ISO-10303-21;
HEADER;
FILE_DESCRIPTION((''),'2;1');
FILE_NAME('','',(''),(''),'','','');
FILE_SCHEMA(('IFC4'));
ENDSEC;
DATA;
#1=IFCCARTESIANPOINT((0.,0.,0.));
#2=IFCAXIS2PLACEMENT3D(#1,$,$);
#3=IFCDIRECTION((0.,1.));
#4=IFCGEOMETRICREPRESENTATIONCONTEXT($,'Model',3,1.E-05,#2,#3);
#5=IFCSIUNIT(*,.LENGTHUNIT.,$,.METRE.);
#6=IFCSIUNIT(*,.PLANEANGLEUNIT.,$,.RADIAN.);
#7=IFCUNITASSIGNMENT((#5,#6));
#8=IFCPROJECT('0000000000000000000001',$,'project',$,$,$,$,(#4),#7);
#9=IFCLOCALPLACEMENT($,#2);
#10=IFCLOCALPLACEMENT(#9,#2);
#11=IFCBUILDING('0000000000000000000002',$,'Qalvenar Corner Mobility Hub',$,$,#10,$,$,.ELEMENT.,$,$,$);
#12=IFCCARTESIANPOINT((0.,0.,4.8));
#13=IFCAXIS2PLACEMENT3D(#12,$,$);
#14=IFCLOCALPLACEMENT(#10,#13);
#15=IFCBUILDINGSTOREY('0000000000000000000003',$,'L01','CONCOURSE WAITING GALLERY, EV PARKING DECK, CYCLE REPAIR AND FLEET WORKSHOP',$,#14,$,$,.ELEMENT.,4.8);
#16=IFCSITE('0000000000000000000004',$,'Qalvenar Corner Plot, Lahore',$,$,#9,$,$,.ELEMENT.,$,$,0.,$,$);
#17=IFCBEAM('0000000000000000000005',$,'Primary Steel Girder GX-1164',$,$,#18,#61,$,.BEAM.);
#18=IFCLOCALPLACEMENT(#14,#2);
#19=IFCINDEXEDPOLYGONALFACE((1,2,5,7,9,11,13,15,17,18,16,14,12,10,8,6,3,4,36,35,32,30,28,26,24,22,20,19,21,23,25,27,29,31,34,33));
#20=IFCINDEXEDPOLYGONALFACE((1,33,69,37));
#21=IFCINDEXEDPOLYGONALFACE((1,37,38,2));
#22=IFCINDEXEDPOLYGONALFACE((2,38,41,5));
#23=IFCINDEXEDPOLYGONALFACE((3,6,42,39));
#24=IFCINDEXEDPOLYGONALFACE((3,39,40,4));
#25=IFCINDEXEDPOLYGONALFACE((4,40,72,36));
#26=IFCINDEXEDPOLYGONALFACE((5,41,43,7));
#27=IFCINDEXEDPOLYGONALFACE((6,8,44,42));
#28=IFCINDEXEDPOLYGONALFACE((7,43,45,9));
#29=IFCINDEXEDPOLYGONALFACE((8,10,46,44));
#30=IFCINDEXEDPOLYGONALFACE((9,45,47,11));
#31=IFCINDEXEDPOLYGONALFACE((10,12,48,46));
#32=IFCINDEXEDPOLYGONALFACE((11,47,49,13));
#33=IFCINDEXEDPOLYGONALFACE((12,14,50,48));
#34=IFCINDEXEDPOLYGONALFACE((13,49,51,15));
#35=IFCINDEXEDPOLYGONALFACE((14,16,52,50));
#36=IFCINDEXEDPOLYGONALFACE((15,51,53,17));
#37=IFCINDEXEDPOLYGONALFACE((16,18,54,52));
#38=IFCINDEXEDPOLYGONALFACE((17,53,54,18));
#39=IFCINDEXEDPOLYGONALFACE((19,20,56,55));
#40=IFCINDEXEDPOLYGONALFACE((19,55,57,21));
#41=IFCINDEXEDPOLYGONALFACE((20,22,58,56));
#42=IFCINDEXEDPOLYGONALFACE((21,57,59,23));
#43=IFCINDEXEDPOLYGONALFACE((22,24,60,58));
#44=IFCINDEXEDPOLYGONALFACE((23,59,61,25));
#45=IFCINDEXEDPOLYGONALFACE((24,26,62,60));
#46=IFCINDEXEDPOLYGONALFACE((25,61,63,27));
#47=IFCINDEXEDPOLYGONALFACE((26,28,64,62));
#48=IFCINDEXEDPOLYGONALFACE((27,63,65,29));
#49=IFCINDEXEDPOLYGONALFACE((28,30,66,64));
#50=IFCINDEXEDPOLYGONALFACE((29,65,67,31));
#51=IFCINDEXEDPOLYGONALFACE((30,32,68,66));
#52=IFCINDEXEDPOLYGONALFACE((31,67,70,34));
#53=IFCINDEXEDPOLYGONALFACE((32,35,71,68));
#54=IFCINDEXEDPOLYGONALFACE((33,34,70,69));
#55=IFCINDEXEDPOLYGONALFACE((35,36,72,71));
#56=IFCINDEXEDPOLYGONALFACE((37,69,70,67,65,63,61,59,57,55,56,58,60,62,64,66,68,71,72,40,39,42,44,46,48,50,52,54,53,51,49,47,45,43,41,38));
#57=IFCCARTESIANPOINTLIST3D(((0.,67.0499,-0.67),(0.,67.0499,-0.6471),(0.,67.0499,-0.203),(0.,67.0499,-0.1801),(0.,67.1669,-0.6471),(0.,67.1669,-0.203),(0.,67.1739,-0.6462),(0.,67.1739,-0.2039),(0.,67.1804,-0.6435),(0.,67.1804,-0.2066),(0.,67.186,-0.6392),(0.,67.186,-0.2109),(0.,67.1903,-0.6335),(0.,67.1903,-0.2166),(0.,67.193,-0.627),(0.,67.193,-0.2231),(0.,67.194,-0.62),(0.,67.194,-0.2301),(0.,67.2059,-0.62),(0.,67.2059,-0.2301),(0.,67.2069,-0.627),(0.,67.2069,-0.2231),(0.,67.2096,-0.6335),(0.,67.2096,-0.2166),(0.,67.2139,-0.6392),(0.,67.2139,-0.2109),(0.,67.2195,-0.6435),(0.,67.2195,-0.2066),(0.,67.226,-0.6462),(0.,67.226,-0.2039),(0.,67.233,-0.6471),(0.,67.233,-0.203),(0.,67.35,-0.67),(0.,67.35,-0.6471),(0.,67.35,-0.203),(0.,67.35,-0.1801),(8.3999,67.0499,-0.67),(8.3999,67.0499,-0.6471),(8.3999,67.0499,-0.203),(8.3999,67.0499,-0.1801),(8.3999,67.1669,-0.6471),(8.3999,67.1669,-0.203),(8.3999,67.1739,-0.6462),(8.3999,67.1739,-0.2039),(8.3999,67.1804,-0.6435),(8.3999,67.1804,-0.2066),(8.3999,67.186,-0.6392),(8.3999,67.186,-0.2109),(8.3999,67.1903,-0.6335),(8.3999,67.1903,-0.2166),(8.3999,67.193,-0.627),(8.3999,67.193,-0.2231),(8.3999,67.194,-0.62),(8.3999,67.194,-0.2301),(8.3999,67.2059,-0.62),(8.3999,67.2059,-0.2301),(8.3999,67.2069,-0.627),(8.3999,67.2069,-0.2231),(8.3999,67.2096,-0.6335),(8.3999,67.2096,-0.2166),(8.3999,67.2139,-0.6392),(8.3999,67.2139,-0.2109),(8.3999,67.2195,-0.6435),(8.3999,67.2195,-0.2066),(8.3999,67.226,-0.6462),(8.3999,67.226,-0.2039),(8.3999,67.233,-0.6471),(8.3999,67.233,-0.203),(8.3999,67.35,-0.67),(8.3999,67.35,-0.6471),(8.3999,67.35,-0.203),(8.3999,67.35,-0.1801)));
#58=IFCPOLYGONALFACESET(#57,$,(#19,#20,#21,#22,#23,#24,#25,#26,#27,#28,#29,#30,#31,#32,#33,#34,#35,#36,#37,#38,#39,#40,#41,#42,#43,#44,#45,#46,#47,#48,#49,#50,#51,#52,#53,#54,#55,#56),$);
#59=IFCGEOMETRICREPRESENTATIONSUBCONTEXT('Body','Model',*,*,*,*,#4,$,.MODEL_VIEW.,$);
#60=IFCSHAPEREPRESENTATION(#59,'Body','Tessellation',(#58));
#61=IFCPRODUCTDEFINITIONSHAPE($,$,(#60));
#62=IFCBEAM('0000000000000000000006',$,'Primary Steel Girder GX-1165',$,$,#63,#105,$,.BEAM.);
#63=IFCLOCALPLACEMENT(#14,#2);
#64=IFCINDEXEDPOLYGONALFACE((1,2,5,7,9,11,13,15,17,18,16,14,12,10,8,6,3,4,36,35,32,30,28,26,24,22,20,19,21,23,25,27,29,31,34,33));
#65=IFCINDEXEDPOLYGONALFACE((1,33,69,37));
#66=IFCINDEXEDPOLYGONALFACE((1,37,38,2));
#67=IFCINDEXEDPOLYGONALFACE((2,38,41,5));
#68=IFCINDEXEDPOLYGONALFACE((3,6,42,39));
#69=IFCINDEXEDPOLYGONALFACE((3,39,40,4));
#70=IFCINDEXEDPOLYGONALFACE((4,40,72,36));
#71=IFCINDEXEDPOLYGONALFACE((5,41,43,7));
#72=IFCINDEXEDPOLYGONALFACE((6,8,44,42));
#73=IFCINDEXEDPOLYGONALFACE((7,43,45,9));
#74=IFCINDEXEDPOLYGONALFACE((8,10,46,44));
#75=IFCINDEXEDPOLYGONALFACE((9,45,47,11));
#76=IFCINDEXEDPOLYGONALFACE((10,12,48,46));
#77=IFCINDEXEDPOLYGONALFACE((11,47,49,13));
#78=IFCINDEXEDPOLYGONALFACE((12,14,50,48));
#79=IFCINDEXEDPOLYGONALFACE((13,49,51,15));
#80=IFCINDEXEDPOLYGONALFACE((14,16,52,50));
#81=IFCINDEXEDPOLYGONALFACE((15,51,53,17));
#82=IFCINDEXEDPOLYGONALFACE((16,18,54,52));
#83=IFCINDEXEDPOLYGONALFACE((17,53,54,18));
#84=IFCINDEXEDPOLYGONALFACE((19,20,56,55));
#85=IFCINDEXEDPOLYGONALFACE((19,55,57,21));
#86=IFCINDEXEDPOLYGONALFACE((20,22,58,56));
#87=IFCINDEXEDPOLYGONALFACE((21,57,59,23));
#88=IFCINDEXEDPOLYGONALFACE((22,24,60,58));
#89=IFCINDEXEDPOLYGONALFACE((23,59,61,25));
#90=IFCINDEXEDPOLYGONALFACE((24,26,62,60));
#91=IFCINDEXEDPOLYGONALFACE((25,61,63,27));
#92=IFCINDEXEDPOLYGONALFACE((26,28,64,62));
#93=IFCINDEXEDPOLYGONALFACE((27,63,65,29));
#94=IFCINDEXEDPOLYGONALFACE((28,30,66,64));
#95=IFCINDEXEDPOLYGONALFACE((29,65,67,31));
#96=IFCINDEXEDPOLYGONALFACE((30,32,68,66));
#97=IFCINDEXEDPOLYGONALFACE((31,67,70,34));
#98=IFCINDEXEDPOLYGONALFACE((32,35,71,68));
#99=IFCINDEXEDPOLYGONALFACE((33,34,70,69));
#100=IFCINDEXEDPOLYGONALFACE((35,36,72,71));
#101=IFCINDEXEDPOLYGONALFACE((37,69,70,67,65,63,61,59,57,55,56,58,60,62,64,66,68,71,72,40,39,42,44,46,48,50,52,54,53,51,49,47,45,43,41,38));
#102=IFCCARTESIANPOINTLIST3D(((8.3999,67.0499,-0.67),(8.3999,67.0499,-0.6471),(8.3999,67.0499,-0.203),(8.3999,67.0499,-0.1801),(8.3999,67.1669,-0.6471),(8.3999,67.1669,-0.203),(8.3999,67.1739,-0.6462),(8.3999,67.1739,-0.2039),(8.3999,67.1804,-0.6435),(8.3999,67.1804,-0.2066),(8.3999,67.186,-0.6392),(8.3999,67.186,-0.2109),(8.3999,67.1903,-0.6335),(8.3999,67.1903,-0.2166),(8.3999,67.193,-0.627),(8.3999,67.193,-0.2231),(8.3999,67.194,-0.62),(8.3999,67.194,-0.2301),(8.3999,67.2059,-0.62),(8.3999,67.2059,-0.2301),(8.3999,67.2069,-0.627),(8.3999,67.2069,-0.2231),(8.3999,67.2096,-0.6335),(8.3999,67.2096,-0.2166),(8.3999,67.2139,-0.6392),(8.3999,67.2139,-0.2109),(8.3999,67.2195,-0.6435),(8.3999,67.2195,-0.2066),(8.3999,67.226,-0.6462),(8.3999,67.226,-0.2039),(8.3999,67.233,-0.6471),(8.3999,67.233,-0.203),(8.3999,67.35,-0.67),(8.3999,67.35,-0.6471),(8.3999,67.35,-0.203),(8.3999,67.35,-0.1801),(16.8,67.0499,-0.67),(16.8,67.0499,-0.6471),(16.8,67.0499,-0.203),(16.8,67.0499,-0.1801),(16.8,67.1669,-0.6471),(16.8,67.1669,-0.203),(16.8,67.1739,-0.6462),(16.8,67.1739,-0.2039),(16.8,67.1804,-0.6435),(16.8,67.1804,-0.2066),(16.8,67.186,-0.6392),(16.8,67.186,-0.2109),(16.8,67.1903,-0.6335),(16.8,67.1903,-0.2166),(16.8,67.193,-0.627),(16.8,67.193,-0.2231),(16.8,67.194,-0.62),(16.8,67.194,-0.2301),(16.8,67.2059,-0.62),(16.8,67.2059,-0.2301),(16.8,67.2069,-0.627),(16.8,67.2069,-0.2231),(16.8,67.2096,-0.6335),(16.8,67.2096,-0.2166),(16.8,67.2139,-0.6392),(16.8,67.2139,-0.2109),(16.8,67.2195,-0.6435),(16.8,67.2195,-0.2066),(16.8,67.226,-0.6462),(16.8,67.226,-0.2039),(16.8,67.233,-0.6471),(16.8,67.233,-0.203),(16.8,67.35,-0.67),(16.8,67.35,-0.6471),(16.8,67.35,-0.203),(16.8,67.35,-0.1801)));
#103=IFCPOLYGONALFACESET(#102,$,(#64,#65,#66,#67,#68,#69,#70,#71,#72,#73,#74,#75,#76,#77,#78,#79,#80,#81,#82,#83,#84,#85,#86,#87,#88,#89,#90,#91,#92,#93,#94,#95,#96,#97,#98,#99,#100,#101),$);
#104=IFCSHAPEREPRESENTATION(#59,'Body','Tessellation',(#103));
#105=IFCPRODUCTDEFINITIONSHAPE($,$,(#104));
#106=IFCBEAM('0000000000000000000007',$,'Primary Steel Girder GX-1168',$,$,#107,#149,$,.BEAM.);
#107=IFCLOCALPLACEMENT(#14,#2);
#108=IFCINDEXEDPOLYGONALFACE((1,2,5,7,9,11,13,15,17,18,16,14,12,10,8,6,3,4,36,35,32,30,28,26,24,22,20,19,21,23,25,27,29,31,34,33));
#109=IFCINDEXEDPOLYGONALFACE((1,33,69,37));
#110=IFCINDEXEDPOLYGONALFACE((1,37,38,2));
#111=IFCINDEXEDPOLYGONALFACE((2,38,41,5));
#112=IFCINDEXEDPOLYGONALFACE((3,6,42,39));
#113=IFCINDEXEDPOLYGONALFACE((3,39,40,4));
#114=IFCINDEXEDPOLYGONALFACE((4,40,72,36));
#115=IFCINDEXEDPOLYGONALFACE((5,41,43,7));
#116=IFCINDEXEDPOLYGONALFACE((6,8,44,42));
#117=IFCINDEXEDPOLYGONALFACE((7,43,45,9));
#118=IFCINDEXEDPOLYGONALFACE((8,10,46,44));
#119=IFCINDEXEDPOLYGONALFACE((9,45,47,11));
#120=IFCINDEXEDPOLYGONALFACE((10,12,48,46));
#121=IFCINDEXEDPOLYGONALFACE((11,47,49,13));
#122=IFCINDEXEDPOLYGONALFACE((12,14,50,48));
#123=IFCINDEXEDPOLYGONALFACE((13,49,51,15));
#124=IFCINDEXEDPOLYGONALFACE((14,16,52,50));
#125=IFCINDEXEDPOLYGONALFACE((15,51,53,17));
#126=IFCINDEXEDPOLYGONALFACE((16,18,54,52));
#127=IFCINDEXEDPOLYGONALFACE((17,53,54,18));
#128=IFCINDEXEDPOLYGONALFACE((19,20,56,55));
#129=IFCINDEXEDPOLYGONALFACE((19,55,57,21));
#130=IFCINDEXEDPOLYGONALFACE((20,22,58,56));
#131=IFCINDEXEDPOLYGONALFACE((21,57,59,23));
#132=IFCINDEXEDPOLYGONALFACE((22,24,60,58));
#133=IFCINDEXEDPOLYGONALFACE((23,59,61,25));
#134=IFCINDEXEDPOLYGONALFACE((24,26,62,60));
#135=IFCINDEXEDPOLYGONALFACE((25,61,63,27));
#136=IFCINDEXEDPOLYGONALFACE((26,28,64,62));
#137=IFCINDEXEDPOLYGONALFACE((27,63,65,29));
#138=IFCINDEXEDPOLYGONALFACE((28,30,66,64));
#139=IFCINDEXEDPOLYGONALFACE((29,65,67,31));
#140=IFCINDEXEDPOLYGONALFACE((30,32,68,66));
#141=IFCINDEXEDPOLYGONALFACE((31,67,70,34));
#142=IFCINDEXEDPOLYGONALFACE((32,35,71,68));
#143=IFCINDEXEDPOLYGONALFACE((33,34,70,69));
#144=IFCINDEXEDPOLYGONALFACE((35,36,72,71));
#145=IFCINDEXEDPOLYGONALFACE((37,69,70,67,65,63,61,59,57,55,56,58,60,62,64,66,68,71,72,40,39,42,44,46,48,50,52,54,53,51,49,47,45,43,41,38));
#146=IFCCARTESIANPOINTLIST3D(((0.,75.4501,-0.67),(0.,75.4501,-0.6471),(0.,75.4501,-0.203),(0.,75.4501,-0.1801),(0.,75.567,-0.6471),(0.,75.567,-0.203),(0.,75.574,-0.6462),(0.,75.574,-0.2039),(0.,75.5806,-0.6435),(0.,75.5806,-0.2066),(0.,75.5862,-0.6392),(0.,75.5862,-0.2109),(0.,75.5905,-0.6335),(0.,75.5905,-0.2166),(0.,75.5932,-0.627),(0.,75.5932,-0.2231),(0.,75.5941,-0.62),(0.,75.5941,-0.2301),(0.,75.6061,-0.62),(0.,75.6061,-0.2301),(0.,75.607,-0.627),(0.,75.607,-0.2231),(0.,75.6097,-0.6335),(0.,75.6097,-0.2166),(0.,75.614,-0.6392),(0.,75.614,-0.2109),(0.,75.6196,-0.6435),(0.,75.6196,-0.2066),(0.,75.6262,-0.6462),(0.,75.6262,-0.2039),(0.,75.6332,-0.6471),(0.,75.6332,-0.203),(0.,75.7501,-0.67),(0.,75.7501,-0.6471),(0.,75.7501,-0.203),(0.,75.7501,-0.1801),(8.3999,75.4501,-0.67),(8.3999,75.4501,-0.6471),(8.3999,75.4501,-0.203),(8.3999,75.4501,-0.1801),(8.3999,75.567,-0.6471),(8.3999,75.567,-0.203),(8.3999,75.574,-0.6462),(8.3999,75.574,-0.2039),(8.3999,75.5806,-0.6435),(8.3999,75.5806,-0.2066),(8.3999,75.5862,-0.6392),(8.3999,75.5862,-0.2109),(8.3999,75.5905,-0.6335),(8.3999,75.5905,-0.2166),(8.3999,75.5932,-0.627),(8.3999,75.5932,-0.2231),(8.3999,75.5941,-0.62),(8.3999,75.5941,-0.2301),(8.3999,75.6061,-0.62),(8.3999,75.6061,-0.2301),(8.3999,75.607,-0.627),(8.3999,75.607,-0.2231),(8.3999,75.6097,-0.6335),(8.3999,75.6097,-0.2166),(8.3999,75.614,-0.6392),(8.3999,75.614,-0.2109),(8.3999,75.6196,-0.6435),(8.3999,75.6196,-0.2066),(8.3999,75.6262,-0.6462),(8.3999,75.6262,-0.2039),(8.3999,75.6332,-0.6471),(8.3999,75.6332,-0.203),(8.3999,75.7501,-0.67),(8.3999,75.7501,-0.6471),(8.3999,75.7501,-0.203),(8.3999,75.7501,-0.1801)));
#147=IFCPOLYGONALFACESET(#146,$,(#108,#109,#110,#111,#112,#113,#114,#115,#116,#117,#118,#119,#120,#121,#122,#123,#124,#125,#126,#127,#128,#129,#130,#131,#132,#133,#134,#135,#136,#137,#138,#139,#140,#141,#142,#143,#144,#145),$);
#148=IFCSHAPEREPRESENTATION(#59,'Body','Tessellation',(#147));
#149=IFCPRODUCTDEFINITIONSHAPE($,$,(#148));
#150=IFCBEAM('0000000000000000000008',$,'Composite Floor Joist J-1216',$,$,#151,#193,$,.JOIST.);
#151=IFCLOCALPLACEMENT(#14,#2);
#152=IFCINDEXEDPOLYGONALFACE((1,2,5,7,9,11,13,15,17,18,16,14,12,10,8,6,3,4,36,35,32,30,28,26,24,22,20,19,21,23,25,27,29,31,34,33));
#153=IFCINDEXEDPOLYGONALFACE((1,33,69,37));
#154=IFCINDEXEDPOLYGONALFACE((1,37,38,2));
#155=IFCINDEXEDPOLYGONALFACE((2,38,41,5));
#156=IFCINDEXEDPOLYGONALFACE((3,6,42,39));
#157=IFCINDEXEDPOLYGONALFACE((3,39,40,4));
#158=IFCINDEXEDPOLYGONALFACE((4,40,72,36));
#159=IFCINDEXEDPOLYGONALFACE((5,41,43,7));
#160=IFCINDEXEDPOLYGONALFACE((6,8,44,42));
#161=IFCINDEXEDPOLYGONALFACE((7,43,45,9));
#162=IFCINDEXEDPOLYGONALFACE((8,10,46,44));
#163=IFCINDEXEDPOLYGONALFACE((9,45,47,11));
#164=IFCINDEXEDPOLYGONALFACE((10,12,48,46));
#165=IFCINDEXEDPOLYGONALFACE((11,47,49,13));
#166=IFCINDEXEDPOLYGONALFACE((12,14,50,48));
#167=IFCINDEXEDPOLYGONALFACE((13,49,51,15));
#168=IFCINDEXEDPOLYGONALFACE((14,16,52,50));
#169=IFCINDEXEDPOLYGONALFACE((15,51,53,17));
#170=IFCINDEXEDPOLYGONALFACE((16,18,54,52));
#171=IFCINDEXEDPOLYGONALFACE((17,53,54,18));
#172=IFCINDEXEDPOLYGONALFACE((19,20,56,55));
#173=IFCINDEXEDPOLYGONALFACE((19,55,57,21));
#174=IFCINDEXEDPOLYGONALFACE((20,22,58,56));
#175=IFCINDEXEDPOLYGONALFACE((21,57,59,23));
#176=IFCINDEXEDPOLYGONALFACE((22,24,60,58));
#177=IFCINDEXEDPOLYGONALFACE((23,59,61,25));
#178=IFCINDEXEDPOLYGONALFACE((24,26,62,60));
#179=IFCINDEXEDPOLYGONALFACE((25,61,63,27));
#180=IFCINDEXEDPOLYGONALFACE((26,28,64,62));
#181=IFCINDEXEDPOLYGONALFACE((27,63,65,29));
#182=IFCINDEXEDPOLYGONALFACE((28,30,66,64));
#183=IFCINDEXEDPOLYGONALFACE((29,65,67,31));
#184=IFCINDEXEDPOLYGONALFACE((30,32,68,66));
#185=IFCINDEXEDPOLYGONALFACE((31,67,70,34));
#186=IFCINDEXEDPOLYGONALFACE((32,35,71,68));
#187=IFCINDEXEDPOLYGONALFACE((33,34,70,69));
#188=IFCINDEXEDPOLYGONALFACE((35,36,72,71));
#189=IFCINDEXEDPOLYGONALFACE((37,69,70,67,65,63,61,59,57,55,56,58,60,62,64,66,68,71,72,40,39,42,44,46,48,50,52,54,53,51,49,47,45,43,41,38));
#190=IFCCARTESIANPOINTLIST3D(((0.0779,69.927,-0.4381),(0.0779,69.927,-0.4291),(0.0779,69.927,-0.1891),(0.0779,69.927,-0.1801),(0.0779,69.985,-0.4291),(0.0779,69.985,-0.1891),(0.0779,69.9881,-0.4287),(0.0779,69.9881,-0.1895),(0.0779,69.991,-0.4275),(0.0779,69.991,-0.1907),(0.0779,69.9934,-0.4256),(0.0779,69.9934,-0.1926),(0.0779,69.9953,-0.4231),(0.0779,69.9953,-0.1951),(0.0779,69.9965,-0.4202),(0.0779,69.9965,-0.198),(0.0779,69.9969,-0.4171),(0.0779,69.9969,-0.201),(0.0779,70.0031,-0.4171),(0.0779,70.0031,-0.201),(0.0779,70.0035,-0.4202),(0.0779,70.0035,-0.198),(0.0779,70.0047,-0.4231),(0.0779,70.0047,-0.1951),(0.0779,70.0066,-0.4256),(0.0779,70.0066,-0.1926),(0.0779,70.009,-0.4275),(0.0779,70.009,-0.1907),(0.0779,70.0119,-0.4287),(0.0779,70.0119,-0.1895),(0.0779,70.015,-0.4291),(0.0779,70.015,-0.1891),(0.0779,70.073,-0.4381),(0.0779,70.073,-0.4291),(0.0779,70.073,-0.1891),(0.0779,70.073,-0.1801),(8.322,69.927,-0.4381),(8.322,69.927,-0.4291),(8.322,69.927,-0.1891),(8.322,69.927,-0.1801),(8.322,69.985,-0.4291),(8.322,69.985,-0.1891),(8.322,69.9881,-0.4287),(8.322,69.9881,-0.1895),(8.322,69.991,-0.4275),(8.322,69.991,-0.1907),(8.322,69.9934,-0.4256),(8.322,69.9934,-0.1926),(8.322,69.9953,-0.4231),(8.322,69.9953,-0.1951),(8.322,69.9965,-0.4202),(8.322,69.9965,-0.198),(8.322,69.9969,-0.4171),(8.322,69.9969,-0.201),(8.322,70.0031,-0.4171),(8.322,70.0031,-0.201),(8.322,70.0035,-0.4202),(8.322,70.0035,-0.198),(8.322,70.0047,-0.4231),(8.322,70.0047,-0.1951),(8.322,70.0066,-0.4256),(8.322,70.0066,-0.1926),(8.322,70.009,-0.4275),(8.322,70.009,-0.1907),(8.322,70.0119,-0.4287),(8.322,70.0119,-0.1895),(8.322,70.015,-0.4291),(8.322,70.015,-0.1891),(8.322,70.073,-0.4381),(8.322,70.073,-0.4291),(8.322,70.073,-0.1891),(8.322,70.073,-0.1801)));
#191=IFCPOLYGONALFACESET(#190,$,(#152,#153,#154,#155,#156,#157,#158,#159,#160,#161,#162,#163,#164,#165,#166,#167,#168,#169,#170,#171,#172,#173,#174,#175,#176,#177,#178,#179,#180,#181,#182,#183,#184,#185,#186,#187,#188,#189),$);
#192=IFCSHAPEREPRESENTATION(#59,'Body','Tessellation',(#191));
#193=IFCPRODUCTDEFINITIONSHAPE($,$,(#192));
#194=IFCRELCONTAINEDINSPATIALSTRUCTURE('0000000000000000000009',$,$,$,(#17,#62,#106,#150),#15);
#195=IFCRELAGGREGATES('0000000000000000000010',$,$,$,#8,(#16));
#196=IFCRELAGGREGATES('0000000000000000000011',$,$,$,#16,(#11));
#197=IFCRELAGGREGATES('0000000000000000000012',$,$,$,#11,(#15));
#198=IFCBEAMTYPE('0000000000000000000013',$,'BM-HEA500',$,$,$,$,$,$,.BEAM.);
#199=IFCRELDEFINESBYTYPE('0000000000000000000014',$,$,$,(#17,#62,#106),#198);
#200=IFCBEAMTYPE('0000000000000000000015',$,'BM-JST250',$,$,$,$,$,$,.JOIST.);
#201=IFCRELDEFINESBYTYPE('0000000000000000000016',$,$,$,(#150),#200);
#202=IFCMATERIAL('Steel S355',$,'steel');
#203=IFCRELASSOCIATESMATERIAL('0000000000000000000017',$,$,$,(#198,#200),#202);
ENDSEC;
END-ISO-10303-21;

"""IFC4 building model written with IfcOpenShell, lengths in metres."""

from ifc_helpers import new_model, si_unit, direction, frame, origin, origin_2d, place, context, subcontext, project, spatial, i_section, extrude, material, material_profile, profile_set, type_object, element, save


model = new_model("IFC4")

# Units and contexts
model_context = context("Model", 3, precision=1e-05, world=origin(), true_north=direction((0.0, 1.0)))
body_context = subcontext(model_context, "Body", "Model", "MODEL_VIEW")
ifc_project = project(units=[si_unit("LENGTHUNIT", "METRE"), si_unit("PLANEANGLEUNIT", "RADIAN")], contexts=[model_context])

# Site, building, storey
site_placement = place(None, origin())
site = spatial("IfcSite", under=ifc_project, at=site_placement, Name="Qalvenar Corner Plot, Lahore", CompositionType="ELEMENT", RefElevation=0.0)
building_placement = place(site_placement, origin())
building = spatial("IfcBuilding", under=site, at=building_placement, Name="Qalvenar Corner Mobility Hub", CompositionType="ELEMENT")
storey_placement = place(building_placement, frame((0.0, 0.0, 4.8)))
storey = spatial("IfcBuildingStorey", under=building, at=storey_placement, Name="L01", Description="CONCOURSE WAITING GALLERY, EV PARKING DECK, CYCLE REPAIR AND FLEET WORKSHOP", CompositionType="ELEMENT", Elevation=4.8)

# Shared definitions
ifc_material_1 = material(Name="Steel S355", Category="steel")

# Beams
ifc_material_profile_1 = material_profile(ifc_material_1, i_section(OverallWidth=0.3, OverallDepth=0.49, WebThickness=0.012, FlangeThickness=0.0229, FilletRadius=0.0271, at=origin_2d()), Name="HEA500")
ifc_profile_set_1 = profile_set([ifc_material_profile_1], Name="Steel S355")
beam_type_1 = type_object("IfcBeamType", Name="BM-HEA500", PredefinedType="BEAM", material=ifc_profile_set_1)
beam_1_placement = place(storey_placement, frame((0.0, 67.2, -0.425), z_axis=(1.0, 0.0, 0.0), x_axis=(0.0, 1.0, 0.0)))
element("IfcBeam", 1, at=beam_1_placement, inside=storey, type_object=beam_type_1, Name="Primary Steel Girder GX-1164", PredefinedType="BEAM", context=body_context, shape_type="SweptSolid", body=[
    extrude(i_section(OverallWidth=0.3, OverallDepth=0.49, WebThickness=0.012, FlangeThickness=0.0229, FilletRadius=0.0271, at=origin_2d()), origin(), (0.0, 0.0, 1.0), 8.3999),
])
beam_2_placement = place(storey_placement, frame((8.3999, 67.2, -0.425), z_axis=(1.0, 0.0, 0.0), x_axis=(0.0, 1.0, 0.0)))
element("IfcBeam", 2, at=beam_2_placement, inside=storey, type_object=beam_type_1, Name="Primary Steel Girder GX-1165", PredefinedType="BEAM", context=body_context, shape_type="SweptSolid", body=[
    extrude(i_section(OverallWidth=0.3, OverallDepth=0.49, WebThickness=0.012, FlangeThickness=0.0229, FilletRadius=0.0271, at=origin_2d()), origin(), (0.0, 0.0, 1.0), 8.4001),
])
beam_3_placement = place(storey_placement, frame((0.0, 75.6001, -0.425), z_axis=(1.0, 0.0, 0.0), x_axis=(0.0, 1.0, 0.0)))
element("IfcBeam", 3, at=beam_3_placement, inside=storey, type_object=beam_type_1, Name="Primary Steel Girder GX-1168", PredefinedType="BEAM", context=body_context, shape_type="SweptSolid", body=[
    extrude(i_section(OverallWidth=0.3, OverallDepth=0.49, WebThickness=0.012, FlangeThickness=0.0229, FilletRadius=0.0271, at=origin_2d()), origin(), (0.0, 0.0, 1.0), 8.3999),
])
ifc_material_profile_2 = material_profile(ifc_material_1, i_section(OverallWidth=0.146, OverallDepth=0.2581, WebThickness=0.0061, FlangeThickness=0.009, FilletRadius=0.012, at=origin_2d()), Name="W250x32.7")
ifc_profile_set_2 = profile_set([ifc_material_profile_2], Name="Steel S355")
beam_type_2 = type_object("IfcBeamType", Name="BM-JST250", PredefinedType="JOIST", material=ifc_profile_set_2)
for number, where, z_axis, x_axis, name in (
    (4, (0.0779, 70.0, -0.3091), (1.0, 0.0, 0.0), (0.0, 1.0, 0.0), "Composite Floor Joist J-1216"),
):
    element("IfcBeam", number, at=place(storey_placement, frame(where, z_axis=z_axis, x_axis=x_axis)), inside=storey, type_object=beam_type_2, Name=name, PredefinedType="JOIST", context=body_context, shape_type="SweptSolid", body=[
        extrude(i_section(OverallWidth=0.146, OverallDepth=0.2581, WebThickness=0.0061, FlangeThickness=0.009, FilletRadius=0.012, at=origin_2d()), origin(), (0.0, 0.0, 1.0), 8.2441),
    ])

save(model, "model.ifc")
